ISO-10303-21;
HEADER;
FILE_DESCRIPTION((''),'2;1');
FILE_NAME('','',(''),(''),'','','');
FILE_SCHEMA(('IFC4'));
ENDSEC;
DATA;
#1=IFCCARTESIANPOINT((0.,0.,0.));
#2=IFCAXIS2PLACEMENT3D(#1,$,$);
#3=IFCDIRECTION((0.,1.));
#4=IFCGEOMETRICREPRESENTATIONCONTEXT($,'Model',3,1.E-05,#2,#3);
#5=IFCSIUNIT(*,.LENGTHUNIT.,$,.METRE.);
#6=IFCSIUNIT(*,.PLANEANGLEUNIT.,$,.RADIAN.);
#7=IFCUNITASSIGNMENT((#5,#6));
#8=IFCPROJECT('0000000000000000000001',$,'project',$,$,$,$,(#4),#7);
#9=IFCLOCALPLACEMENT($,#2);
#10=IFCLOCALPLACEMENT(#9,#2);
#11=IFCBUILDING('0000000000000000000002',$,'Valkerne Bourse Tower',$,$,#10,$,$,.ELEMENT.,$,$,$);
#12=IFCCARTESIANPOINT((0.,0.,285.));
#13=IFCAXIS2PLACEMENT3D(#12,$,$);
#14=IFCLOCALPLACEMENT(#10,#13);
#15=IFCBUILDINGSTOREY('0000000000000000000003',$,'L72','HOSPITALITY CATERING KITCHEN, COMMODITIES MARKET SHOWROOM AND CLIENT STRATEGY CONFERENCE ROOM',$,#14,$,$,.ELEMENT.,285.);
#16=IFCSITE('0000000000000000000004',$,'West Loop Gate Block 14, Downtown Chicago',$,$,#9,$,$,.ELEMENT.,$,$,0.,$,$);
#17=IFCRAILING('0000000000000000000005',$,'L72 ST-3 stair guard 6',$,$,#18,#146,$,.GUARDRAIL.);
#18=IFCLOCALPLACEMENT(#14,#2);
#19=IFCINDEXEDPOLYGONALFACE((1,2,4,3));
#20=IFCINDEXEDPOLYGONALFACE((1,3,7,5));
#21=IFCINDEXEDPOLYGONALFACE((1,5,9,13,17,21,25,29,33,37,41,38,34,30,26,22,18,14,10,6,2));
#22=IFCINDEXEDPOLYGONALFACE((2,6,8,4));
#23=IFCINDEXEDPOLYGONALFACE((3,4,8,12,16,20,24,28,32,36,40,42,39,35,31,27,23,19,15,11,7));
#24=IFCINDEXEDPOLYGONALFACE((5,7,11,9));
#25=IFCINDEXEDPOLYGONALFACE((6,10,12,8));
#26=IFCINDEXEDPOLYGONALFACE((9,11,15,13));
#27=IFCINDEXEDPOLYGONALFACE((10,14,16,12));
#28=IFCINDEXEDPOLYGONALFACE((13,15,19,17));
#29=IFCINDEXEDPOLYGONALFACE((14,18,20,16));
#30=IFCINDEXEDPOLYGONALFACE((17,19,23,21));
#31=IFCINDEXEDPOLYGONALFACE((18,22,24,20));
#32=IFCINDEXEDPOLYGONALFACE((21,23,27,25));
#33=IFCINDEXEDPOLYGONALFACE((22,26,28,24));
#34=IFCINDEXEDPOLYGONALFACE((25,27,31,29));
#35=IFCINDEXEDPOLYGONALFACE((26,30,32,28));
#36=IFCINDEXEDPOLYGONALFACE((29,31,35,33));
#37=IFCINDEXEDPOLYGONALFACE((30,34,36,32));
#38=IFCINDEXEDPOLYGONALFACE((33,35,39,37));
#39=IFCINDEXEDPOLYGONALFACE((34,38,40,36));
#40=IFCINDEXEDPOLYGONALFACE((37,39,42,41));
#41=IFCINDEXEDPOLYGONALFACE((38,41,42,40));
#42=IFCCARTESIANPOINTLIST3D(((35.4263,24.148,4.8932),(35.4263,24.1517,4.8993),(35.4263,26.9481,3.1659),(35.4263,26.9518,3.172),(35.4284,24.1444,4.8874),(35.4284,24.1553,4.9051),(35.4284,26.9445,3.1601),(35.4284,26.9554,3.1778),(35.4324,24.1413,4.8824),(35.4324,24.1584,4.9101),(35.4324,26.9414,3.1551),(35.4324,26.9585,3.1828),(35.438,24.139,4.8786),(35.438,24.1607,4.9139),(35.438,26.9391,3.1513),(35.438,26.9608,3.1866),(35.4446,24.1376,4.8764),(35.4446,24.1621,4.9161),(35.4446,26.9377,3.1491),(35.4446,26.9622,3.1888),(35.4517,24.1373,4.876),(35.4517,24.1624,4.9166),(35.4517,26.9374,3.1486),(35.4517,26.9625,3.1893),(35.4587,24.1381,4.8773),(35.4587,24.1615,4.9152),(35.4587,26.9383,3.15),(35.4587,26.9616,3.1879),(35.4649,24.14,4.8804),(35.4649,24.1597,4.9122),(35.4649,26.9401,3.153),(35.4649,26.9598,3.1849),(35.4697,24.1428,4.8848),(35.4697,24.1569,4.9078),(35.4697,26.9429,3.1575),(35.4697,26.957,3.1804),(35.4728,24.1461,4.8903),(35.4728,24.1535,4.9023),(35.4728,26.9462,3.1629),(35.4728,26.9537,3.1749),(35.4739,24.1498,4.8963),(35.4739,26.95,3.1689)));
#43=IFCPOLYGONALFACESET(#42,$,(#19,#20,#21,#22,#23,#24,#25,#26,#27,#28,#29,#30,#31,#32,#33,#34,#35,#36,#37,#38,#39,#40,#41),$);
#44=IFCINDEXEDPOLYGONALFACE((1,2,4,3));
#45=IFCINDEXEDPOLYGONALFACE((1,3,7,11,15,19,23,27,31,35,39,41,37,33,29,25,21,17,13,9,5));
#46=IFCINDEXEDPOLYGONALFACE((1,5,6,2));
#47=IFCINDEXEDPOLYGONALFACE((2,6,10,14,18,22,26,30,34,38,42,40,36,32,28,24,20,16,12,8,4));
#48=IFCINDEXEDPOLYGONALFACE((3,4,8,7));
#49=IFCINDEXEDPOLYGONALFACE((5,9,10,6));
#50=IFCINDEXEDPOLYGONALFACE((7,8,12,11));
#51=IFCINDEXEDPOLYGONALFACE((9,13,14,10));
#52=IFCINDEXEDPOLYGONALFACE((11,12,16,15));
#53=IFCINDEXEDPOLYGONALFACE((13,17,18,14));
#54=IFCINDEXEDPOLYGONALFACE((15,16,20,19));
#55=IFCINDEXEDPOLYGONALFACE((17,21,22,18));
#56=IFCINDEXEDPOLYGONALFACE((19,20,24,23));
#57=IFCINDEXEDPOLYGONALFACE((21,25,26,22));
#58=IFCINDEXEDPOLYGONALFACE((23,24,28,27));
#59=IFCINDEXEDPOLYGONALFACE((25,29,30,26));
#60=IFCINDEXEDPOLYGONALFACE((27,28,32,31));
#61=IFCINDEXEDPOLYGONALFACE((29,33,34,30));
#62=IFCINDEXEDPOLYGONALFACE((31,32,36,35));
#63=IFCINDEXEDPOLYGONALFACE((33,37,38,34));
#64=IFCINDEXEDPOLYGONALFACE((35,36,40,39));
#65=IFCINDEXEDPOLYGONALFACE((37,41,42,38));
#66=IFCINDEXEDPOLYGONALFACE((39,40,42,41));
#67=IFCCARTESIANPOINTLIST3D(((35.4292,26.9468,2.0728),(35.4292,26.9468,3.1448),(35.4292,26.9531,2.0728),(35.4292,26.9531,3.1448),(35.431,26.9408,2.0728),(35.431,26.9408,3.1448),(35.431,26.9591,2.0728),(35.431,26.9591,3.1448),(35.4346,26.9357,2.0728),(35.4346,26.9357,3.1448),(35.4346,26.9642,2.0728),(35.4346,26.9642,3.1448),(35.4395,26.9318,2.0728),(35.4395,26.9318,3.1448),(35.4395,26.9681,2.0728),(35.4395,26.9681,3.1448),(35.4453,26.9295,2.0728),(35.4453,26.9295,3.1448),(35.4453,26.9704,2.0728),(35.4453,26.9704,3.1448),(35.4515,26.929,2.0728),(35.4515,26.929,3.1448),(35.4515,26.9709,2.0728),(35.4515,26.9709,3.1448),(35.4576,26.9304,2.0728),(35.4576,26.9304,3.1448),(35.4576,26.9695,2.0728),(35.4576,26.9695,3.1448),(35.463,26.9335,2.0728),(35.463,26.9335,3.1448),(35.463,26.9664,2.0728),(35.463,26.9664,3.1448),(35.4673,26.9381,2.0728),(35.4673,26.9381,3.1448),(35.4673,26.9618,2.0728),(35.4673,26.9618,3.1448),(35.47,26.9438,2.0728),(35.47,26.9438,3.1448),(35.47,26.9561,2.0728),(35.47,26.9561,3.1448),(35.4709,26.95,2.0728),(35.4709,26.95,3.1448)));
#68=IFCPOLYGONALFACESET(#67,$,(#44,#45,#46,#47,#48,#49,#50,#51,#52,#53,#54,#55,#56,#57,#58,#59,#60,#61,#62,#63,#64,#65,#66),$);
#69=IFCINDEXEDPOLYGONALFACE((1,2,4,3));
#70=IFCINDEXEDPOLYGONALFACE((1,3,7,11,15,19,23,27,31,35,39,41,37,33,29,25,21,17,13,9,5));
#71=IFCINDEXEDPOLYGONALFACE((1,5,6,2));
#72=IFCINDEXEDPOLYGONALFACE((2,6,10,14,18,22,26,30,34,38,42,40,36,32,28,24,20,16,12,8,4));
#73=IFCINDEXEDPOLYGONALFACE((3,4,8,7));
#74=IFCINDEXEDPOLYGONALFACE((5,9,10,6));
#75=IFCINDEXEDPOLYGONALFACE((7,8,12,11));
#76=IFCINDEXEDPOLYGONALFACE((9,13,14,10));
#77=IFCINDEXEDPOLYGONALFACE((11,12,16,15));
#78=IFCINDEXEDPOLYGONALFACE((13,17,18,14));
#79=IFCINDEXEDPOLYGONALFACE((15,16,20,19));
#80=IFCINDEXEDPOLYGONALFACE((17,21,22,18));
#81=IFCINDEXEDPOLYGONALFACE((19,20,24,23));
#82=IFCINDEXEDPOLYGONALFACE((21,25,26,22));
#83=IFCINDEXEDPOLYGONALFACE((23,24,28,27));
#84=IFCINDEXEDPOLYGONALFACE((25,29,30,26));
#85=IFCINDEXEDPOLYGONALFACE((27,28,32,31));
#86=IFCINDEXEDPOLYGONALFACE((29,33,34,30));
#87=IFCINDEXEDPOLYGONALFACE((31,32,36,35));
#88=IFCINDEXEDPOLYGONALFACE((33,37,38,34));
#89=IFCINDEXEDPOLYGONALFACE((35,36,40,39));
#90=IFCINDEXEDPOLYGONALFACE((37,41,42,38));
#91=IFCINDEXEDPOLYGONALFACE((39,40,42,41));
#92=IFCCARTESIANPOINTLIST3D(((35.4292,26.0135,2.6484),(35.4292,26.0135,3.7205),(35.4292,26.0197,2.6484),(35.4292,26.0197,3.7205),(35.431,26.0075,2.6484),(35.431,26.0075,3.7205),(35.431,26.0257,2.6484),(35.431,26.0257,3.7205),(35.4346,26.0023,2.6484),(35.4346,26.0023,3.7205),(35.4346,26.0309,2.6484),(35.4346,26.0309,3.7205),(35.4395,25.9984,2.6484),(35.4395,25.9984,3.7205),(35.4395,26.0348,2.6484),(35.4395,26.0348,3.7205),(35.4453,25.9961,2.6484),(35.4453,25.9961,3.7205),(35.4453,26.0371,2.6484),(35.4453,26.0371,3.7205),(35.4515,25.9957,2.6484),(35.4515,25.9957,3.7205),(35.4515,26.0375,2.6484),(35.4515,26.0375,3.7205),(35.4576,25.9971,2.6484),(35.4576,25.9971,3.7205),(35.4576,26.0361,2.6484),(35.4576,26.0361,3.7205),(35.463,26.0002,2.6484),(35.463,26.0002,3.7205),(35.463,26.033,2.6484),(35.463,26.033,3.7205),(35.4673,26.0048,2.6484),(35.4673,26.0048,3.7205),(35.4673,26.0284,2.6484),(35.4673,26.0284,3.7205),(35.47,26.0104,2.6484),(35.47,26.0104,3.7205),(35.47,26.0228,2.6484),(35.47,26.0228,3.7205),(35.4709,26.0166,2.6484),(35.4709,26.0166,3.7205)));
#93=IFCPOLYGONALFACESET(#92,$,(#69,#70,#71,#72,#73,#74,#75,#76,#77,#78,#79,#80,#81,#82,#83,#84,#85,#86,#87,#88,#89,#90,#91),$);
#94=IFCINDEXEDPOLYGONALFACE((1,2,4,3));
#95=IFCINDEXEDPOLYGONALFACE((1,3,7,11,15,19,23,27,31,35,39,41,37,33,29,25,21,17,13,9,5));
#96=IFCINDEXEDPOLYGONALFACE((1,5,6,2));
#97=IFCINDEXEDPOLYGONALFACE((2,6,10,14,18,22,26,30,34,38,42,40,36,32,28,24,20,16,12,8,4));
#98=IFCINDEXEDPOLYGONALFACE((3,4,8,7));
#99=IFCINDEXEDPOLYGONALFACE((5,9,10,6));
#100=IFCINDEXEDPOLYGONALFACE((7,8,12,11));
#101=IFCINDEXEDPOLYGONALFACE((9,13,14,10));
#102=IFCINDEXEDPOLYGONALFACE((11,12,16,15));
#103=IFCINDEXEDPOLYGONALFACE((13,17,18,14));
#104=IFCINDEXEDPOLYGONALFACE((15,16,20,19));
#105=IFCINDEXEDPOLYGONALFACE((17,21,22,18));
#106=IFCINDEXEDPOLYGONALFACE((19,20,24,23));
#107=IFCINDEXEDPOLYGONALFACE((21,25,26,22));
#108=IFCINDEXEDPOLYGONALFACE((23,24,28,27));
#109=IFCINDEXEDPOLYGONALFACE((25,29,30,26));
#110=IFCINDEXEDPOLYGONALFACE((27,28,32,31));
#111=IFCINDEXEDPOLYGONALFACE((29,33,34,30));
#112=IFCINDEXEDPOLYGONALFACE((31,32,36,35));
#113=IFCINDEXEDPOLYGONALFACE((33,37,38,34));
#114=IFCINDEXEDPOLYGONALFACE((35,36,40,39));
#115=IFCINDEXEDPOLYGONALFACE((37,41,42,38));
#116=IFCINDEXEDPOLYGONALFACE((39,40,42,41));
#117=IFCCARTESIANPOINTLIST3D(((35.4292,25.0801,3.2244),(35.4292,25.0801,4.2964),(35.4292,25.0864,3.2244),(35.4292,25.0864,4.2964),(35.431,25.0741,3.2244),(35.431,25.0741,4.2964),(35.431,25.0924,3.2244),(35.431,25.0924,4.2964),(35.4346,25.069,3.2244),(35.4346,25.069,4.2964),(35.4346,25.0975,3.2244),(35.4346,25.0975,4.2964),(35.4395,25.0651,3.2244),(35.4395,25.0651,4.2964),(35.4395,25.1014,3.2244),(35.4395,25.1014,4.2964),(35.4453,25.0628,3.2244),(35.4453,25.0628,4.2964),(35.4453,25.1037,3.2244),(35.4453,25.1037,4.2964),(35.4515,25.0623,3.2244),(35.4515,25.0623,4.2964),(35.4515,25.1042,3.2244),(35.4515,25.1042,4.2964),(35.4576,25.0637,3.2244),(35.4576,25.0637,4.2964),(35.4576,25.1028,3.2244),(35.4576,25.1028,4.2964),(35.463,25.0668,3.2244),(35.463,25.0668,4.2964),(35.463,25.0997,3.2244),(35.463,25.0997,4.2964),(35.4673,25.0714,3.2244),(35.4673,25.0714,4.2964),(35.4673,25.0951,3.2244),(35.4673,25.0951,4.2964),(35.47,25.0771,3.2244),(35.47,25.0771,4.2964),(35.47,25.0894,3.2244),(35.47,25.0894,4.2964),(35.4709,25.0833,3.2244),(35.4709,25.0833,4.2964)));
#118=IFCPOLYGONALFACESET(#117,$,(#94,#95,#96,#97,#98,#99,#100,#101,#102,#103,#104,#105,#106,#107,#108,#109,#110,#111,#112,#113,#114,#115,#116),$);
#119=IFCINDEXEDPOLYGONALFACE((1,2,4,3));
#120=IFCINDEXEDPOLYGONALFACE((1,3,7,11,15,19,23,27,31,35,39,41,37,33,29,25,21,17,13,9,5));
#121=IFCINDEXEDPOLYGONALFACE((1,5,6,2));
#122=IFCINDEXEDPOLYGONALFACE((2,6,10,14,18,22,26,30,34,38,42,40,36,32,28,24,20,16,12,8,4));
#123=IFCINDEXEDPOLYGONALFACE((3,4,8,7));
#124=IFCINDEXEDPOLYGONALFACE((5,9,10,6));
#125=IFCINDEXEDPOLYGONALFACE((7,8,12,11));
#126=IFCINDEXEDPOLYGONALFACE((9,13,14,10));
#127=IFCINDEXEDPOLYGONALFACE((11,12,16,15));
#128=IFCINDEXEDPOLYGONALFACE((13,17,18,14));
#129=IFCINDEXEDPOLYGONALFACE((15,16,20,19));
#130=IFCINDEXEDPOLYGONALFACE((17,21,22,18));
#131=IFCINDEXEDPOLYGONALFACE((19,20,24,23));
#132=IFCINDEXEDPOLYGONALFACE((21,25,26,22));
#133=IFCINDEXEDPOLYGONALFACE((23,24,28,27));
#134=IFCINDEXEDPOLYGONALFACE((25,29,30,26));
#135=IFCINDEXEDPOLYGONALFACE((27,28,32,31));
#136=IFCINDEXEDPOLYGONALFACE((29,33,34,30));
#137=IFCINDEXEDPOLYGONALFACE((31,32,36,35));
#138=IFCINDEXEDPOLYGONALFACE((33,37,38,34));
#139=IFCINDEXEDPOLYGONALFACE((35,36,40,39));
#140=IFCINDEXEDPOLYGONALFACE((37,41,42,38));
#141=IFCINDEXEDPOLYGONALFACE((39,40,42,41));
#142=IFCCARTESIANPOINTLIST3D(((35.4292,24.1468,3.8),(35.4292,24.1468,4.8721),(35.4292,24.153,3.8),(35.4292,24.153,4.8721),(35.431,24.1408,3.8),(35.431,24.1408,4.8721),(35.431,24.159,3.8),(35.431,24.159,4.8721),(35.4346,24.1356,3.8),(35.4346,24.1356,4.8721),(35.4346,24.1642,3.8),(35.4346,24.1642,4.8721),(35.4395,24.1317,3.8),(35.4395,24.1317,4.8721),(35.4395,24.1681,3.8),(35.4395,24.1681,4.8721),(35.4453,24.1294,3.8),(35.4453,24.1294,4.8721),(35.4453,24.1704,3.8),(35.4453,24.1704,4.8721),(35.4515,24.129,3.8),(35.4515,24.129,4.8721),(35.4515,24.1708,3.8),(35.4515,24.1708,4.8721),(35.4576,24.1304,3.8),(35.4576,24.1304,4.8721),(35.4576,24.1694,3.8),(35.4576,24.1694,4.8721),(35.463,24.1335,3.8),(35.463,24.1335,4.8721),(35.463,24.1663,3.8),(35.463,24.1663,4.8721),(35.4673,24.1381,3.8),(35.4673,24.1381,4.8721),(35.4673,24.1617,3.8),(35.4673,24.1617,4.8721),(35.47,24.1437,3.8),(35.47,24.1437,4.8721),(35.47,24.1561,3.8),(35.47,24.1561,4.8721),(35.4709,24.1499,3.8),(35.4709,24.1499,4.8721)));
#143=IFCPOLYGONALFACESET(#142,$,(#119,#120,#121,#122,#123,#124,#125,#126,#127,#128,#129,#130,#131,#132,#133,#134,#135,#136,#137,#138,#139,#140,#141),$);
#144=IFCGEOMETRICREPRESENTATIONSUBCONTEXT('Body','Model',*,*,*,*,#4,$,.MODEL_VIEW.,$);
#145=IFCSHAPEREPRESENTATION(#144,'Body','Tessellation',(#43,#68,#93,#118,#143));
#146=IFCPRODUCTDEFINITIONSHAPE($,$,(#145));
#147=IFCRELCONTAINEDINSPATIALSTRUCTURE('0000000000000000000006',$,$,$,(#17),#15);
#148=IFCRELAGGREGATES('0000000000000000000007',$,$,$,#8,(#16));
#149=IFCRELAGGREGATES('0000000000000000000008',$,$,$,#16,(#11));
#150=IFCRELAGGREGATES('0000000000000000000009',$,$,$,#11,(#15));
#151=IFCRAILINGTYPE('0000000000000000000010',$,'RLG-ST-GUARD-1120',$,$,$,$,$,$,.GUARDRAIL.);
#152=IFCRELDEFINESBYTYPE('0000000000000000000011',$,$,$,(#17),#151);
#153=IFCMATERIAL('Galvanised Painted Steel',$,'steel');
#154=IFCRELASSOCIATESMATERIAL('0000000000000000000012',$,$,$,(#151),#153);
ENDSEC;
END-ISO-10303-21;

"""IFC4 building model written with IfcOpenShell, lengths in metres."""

from ifc_helpers import new_model, si_unit, direction, frame, origin, origin_2d, place, context, subcontext, project, spatial, circle, extrude, material, type_object, element, save


model = new_model("IFC4")

# Units and contexts
model_context = context("Model", 3, precision=1e-05, world=origin(), true_north=direction((0.0, 1.0)))
body_context = subcontext(model_context, "Body", "Model", "MODEL_VIEW")
ifc_project = project(units=[si_unit("LENGTHUNIT", "METRE"), si_unit("PLANEANGLEUNIT", "RADIAN")], contexts=[model_context])

# Site, building, storey
site_placement = place(None, origin())
site = spatial("IfcSite", under=ifc_project, at=site_placement, Name="West Loop Gate Block 14, Downtown Chicago", CompositionType="ELEMENT", RefElevation=0.0)
building_placement = place(site_placement, origin())
building = spatial("IfcBuilding", under=site, at=building_placement, Name="Valkerne Bourse Tower", CompositionType="ELEMENT")
storey_placement = place(building_placement, frame((0.0, 0.0, 285.0)))
storey = spatial("IfcBuildingStorey", under=building, at=storey_placement, Name="L72", Description="HOSPITALITY CATERING KITCHEN, COMMODITIES MARKET SHOWROOM AND CLIENT STRATEGY CONFERENCE ROOM", CompositionType="ELEMENT", Elevation=285.0)

# Railing
ifc_material_1 = material(Name="Galvanised Painted Steel", Category="steel")
railing_type_1 = type_object("IfcRailingType", Name="RLG-ST-GUARD-1120", PredefinedType="GUARDRAIL", material=ifc_material_1)
railing_1_placement = place(storey_placement, frame((35.45, 26.95, 2.0728)))
element("IfcRailing", 1, at=railing_1_placement, inside=storey, type_object=railing_type_1, Name="L72 ST-3 stair guard 6", PredefinedType="GUARDRAIL", context=body_context, shape_type="SweptSolid", body=[
    extrude(circle(Radius=0.0239, at=origin_2d()), frame((0.0, 0.0, 1.0962), z_axis=(0.0, -0.85109, 0.52502), x_axis=(1.0, 0.0, 0.0)), (0.0, 0.0, 1.0), 3.29),
    extrude(circle(Radius=0.021, at=origin_2d()), origin(), (0.0, 0.0, 1.0), 1.072),
    extrude(circle(Radius=0.021, at=origin_2d()), frame((0.0, -0.9333, 0.5757)), (0.0, 0.0, 1.0), 1.072),
    extrude(circle(Radius=0.021, at=origin_2d()), frame((0.0, -1.8667, 1.1516)), (0.0, 0.0, 1.0), 1.072),
    extrude(circle(Radius=0.021, at=origin_2d()), frame((0.0, -2.8, 1.7273)), (0.0, 0.0, 1.0), 1.072),
])

save(model, "model.ifc")
